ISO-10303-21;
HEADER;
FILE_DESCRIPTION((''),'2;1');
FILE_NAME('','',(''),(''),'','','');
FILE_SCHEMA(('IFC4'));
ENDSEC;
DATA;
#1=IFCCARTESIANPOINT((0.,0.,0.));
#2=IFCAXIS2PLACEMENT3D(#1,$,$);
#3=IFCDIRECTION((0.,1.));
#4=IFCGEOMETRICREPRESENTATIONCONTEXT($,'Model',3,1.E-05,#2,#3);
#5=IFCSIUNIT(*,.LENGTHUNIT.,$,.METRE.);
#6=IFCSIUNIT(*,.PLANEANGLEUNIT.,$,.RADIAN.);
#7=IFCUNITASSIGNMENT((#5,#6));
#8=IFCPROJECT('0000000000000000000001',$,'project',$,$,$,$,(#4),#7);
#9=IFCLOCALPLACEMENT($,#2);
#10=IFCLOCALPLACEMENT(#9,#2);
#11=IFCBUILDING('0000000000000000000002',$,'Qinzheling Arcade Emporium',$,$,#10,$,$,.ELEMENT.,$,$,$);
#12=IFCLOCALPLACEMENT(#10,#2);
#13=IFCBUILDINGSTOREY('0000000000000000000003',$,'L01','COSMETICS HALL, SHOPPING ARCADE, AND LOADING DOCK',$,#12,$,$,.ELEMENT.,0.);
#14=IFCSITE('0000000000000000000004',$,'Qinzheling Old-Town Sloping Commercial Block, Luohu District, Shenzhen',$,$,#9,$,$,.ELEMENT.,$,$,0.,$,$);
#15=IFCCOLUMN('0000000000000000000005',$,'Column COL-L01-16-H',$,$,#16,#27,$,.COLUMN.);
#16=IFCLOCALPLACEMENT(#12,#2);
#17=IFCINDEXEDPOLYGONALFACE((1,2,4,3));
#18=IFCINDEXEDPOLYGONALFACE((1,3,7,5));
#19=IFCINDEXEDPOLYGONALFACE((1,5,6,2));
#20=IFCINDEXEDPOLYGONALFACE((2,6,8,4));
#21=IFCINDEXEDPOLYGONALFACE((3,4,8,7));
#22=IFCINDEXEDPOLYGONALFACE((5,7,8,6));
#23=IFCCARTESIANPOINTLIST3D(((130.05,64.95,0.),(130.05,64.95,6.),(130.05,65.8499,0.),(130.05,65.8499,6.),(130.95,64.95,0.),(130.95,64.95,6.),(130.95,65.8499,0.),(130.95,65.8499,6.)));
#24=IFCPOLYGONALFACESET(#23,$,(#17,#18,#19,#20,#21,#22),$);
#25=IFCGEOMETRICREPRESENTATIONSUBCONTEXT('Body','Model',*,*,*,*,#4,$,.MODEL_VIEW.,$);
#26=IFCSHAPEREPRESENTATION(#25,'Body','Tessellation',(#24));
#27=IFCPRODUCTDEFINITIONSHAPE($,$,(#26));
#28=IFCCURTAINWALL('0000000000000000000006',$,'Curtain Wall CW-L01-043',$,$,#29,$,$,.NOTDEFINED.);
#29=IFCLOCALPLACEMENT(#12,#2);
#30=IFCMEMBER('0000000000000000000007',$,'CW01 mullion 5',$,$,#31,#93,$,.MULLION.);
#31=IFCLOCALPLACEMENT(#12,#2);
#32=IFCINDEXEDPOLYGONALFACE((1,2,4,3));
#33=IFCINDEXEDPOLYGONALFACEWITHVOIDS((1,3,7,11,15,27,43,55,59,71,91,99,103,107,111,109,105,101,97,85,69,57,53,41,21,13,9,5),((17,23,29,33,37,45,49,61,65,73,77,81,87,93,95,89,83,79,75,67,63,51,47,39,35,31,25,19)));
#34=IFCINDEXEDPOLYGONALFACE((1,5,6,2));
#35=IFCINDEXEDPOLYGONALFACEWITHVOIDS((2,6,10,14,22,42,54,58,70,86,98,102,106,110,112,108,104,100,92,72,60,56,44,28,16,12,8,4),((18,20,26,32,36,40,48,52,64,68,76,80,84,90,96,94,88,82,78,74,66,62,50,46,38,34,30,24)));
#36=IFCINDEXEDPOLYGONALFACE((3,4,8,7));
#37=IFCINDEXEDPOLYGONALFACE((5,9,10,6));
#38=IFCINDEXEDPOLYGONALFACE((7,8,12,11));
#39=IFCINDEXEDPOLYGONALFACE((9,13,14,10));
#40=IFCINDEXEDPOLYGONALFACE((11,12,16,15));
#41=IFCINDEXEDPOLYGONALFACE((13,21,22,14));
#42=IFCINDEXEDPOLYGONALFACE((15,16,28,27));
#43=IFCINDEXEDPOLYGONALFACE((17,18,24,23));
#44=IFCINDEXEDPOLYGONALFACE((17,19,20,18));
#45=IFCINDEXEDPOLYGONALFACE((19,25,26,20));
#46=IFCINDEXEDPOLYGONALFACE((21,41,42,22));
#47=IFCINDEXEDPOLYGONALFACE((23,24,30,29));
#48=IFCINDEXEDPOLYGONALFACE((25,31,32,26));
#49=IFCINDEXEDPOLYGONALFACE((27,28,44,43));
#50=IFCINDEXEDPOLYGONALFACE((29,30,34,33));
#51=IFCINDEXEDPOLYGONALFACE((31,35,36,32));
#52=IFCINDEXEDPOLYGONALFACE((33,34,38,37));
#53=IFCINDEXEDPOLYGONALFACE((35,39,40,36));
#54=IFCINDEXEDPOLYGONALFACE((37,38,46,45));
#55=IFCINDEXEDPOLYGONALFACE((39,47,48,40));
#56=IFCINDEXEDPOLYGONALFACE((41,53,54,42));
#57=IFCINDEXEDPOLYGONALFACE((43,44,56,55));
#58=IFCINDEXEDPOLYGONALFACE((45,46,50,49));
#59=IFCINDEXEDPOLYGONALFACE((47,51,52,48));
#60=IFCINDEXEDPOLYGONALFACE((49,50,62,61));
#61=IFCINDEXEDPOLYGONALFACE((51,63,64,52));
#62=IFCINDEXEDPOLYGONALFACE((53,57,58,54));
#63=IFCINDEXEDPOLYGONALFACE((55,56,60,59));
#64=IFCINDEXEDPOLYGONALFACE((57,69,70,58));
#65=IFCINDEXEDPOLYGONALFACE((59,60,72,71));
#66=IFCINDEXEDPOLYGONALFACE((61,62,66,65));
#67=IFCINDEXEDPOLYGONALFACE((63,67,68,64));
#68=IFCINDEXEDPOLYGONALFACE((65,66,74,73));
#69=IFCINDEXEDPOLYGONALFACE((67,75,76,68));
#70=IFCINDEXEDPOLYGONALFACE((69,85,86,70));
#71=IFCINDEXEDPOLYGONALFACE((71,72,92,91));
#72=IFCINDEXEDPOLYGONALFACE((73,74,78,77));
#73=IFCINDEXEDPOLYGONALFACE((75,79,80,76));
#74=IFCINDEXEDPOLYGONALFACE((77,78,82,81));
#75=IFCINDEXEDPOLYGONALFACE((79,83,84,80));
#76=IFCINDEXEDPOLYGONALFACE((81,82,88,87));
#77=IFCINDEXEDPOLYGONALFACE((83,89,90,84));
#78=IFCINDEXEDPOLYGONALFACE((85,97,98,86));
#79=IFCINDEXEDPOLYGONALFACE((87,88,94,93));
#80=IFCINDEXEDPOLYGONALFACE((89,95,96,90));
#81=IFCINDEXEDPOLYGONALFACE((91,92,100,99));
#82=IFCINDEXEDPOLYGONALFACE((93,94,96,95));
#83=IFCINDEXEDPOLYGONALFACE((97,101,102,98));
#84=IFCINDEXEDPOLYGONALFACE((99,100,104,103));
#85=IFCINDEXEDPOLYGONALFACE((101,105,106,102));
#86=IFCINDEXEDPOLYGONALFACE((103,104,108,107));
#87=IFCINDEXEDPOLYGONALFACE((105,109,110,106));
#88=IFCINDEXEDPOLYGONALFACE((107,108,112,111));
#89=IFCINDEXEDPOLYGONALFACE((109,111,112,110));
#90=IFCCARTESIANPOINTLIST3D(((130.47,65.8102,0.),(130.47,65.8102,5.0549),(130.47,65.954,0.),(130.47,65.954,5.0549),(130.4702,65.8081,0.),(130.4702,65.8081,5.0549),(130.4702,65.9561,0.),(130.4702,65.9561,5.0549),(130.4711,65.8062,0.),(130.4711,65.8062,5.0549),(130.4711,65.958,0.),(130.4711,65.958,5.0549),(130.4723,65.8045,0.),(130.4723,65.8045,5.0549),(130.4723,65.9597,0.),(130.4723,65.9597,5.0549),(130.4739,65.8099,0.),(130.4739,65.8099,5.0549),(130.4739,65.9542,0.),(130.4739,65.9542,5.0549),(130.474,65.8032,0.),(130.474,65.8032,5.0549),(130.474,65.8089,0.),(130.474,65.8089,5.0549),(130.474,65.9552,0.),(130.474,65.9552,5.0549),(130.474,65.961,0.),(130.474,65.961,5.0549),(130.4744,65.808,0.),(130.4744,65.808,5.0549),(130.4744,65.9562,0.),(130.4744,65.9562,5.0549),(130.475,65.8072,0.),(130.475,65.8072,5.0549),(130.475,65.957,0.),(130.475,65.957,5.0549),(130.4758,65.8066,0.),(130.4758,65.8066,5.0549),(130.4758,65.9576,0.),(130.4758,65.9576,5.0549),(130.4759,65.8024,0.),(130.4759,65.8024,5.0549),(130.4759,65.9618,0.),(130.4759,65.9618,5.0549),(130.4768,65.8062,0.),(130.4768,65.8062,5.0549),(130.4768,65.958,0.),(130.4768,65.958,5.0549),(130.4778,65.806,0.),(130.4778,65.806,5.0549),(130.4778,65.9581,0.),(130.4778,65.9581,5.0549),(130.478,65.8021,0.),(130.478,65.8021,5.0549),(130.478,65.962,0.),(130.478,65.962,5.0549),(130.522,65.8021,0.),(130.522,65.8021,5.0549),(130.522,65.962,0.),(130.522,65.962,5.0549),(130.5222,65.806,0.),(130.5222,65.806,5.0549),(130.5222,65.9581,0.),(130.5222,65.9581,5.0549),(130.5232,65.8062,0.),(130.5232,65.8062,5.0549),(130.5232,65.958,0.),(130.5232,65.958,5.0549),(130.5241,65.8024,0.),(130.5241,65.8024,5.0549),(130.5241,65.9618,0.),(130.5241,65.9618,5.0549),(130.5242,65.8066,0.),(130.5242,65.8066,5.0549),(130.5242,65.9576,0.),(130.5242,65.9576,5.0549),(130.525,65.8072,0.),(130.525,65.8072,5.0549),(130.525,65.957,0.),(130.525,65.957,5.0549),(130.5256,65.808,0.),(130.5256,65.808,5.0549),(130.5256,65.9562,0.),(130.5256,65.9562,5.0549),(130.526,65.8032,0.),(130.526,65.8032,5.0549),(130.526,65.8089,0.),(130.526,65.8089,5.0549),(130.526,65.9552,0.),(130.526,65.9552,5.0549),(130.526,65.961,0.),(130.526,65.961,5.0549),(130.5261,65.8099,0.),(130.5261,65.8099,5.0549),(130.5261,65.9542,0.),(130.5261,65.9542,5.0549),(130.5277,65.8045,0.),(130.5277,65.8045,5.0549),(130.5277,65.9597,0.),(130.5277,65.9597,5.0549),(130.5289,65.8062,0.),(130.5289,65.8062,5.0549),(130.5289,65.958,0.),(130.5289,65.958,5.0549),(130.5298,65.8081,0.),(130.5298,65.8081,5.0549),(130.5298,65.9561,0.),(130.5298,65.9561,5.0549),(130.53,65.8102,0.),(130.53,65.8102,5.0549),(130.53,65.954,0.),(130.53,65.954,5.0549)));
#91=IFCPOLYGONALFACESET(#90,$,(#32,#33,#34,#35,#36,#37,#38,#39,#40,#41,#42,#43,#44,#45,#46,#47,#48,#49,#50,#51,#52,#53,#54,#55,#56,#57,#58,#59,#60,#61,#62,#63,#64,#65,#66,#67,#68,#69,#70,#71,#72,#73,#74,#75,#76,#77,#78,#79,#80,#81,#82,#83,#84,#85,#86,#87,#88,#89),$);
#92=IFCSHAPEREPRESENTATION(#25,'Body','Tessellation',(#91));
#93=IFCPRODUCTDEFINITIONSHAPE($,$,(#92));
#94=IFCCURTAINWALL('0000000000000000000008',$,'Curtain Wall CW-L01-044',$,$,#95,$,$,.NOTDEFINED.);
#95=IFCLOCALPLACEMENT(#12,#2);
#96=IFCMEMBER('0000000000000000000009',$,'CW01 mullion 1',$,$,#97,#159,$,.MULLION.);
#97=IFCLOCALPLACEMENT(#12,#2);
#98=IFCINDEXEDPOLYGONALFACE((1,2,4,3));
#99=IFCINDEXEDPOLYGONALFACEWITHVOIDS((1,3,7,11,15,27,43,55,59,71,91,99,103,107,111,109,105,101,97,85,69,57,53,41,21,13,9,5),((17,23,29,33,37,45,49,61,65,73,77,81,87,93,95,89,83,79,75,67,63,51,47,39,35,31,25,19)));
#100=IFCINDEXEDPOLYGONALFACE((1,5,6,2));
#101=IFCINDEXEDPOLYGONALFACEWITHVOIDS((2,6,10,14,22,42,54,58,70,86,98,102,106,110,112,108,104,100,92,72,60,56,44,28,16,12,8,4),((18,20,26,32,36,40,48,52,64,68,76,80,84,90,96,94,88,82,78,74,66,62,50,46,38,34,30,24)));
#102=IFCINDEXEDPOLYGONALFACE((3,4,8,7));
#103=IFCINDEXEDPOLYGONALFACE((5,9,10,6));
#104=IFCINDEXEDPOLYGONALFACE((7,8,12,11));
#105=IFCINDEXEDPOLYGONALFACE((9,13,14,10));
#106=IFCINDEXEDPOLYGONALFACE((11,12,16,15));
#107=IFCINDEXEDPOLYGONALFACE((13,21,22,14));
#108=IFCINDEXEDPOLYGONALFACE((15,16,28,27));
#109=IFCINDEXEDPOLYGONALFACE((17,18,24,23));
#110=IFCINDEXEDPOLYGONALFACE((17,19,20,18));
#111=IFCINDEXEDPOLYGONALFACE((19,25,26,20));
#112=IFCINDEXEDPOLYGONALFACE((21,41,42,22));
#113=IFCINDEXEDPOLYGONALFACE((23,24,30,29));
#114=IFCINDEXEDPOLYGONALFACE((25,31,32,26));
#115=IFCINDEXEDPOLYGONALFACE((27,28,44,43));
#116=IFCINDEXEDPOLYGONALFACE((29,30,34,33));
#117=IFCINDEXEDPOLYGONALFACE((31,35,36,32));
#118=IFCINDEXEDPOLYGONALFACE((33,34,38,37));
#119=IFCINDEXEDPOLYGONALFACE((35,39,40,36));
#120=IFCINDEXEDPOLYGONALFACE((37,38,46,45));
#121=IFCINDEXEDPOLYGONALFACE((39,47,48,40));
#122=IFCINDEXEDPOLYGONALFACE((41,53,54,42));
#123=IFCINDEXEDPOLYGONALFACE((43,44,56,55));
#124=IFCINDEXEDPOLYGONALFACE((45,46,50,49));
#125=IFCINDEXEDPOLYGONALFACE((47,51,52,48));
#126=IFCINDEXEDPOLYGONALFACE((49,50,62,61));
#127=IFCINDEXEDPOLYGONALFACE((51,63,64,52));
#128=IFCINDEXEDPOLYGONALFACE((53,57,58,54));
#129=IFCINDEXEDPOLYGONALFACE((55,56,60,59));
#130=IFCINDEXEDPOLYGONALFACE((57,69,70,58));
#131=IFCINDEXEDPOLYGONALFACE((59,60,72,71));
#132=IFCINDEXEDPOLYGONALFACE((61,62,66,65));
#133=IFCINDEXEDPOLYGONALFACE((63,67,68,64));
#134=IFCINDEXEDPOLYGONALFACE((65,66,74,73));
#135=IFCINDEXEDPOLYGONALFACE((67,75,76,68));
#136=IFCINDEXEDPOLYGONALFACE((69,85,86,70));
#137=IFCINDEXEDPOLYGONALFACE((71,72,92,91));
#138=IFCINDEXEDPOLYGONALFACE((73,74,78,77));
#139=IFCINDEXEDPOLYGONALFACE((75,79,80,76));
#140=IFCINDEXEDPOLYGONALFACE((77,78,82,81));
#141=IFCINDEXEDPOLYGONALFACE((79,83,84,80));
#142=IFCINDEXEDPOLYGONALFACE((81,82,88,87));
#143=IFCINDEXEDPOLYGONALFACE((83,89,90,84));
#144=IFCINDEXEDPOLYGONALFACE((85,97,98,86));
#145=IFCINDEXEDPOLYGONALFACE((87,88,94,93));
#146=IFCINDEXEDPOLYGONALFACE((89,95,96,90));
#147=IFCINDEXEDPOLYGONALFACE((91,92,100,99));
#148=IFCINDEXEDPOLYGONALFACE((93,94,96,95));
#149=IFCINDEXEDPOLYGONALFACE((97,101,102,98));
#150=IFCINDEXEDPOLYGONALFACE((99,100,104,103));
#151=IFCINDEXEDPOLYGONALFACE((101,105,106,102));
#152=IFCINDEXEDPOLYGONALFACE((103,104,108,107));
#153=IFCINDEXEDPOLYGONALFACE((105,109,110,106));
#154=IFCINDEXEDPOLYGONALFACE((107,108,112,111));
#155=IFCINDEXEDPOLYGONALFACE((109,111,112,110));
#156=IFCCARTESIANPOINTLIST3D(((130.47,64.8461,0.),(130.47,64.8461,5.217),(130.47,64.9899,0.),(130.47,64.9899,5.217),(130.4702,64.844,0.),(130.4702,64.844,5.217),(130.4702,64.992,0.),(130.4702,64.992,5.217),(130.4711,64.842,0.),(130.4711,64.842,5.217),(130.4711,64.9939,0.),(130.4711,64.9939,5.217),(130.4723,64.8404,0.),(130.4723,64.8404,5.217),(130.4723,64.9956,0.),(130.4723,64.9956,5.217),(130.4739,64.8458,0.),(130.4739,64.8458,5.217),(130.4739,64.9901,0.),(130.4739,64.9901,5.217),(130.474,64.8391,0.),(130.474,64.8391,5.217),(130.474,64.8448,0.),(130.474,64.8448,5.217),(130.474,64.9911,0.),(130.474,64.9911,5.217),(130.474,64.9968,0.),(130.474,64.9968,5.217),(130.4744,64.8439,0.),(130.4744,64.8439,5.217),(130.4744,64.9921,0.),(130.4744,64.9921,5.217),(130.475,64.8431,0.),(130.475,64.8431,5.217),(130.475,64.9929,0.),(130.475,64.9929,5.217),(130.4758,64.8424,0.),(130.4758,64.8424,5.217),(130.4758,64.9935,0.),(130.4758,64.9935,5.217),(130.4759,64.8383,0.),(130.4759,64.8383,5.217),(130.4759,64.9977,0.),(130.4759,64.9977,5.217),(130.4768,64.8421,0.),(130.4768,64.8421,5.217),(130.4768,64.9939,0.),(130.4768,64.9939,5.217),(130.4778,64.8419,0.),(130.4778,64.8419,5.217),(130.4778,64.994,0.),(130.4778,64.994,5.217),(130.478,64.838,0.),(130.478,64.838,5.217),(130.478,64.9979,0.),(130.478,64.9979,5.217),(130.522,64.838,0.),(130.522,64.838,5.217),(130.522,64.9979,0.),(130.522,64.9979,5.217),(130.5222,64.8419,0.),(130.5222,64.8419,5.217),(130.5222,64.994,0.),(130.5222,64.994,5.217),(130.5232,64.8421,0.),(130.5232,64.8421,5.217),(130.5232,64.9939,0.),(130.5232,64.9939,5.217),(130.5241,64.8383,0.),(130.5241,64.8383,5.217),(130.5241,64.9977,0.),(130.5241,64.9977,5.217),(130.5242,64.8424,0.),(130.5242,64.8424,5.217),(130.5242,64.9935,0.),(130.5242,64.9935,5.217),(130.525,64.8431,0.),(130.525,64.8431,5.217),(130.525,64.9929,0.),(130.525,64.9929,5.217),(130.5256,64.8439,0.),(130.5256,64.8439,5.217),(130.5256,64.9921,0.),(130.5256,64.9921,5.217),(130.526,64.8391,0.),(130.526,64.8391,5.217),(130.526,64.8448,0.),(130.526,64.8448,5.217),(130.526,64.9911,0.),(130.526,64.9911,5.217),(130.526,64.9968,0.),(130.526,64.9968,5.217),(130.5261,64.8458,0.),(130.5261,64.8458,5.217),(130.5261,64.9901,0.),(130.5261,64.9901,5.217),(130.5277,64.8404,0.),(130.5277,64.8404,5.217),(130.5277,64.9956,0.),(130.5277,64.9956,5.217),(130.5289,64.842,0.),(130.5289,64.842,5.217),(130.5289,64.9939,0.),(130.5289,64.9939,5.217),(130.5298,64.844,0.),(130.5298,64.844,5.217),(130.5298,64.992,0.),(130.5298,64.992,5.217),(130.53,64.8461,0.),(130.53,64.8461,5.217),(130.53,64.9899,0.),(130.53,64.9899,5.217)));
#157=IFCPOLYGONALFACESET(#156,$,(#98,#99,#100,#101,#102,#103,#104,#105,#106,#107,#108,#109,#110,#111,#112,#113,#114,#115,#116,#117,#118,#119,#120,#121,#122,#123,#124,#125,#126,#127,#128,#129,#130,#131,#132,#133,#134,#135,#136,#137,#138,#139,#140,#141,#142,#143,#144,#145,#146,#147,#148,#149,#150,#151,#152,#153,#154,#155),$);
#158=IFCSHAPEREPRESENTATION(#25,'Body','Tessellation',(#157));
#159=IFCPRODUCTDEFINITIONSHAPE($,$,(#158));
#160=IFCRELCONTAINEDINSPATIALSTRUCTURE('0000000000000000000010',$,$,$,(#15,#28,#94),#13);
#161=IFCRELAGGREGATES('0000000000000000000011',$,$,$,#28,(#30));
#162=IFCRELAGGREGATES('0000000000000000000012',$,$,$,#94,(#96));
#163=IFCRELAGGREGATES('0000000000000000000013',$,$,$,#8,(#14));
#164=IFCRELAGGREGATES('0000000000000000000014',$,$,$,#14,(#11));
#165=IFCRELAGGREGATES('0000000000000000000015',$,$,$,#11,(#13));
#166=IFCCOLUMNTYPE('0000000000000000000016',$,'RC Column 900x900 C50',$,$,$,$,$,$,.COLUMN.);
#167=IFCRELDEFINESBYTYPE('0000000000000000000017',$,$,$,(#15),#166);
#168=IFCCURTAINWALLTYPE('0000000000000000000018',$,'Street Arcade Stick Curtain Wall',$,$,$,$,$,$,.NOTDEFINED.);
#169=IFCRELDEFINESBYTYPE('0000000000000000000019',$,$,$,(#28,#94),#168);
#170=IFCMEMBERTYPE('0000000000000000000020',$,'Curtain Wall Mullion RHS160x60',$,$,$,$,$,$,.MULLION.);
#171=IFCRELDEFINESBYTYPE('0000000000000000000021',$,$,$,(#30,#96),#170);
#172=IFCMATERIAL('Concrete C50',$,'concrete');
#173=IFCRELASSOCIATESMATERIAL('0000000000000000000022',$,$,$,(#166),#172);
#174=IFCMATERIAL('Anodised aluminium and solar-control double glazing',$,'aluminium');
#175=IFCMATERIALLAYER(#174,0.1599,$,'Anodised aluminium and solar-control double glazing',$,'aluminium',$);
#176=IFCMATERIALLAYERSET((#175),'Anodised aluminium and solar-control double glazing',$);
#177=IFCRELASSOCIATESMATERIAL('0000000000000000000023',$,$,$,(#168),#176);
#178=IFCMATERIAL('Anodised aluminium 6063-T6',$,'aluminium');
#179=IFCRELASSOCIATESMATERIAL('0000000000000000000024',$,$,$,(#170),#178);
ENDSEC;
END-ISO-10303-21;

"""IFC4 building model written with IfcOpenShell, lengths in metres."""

from ifc_helpers import new_model, si_unit, direction, frame, origin, origin_2d, place, context, subcontext, project, spatial, rectangle, hollow_rectangle, extrude, material, layer, layer_set, material_profile, profile_set, type_object, element, aggregate, save


model = new_model("IFC4")

# Units and contexts
model_context = context("Model", 3, precision=1e-05, world=origin(), true_north=direction((0.0, 1.0)))
body_context = subcontext(model_context, "Body", "Model", "MODEL_VIEW")
ifc_project = project(units=[si_unit("LENGTHUNIT", "METRE"), si_unit("PLANEANGLEUNIT", "RADIAN")], contexts=[model_context])

# Site, building, storey
site_placement = place(None, origin())
site = spatial("IfcSite", under=ifc_project, at=site_placement, Name="Qinzheling Old-Town Sloping Commercial Block, Luohu District, Shenzhen", CompositionType="ELEMENT", RefElevation=0.0)
building_placement = place(site_placement, origin())
building = spatial("IfcBuilding", under=site, at=building_placement, Name="Qinzheling Arcade Emporium", CompositionType="ELEMENT")
storey_placement = place(building_placement, origin())
storey = spatial("IfcBuildingStorey", under=building, at=storey_placement, Name="L01", Description="COSMETICS HALL, SHOPPING ARCADE, AND LOADING DOCK", CompositionType="ELEMENT", Elevation=0.0)

# Column
ifc_material_1 = material(Name="Concrete C50", Category="concrete")
ifc_material_profile_1 = material_profile(ifc_material_1, rectangle(XDim=0.8999, YDim=0.8999, at=origin_2d()), Name="RC 900x900", Category="concrete")
ifc_profile_set_1 = profile_set([ifc_material_profile_1], Name="Concrete C50")
column_type = type_object("IfcColumnType", Name="RC Column 900x900 C50", PredefinedType="COLUMN", material=ifc_profile_set_1)
column_placement = place(storey_placement, frame((130.5, 65.3999, 0.0), z_axis=(0.0, 0.0, 1.0), x_axis=(1.0, 0.0, 0.0)))
element("IfcColumn", 1, at=column_placement, inside=storey, type_object=column_type, Name="Column COL-L01-16-H", PredefinedType="COLUMN", context=body_context, shape_type="SweptSolid", body=[
    extrude(rectangle(XDim=0.8999, YDim=0.8999, at=origin_2d()), origin(), (0.0, 0.0, 1.0), 6.0),
])

# Curtain wall, member
ifc_material_2 = material(Name="Anodised aluminium and solar-control double glazing", Category="aluminium")
ifc_layer_1 = layer(ifc_material_2, 0.1599, Name="Anodised aluminium and solar-control double glazing", Category="aluminium")
ifc_layer_set_1 = layer_set([ifc_layer_1], Name="Anodised aluminium and solar-control double glazing")
curtain_wall_type = type_object("IfcCurtainWallType", Name="Street Arcade Stick Curtain Wall", PredefinedType="NOTDEFINED", material=ifc_layer_set_1)
curtain_wall_1_placement = place(storey_placement, origin())
curtain_wall_1 = element("IfcCurtainWall", 2, at=curtain_wall_1_placement, inside=storey, type_object=curtain_wall_type, Name="Curtain Wall CW-L01-043", PredefinedType="NOTDEFINED")
ifc_material_3 = material(Name="Anodised aluminium 6063-T6", Category="aluminium")
ifc_material_profile_2 = material_profile(ifc_material_3, hollow_rectangle(XDim=0.0601, YDim=0.1599, WallThickness=0.0039, InnerFilletRadius=0.0039, OuterFilletRadius=0.0081, at=origin_2d()), Name="RHS 160x60x4", Category="aluminium")
ifc_profile_set_2 = profile_set([ifc_material_profile_2], Name="Anodised aluminium 6063-T6")
member_type_1 = type_object("IfcMemberType", Name="Curtain Wall Mullion RHS160x60", PredefinedType="MULLION", material=ifc_profile_set_2)
member_1_placement = place(storey_placement, frame((130.5, 65.8821, 0.0), z_axis=(0.0, 0.0, 1.0), x_axis=(1.0, 0.0, 0.0)))
member_1 = element("IfcMember", 3, at=member_1_placement, type_object=member_type_1, Name="CW01 mullion 5", PredefinedType="MULLION", context=body_context, shape_type="SweptSolid", body=[
    extrude(hollow_rectangle(XDim=0.0601, YDim=0.1599, WallThickness=0.0039, InnerFilletRadius=0.0039, OuterFilletRadius=0.0081, at=origin_2d()), origin(), (0.0, 0.0, 1.0), 5.0549),
])

# Curtain wall, member
curtain_wall_2_placement = place(storey_placement, origin())
curtain_wall_2 = element("IfcCurtainWall", 4, at=curtain_wall_2_placement, inside=storey, type_object=curtain_wall_type, Name="Curtain Wall CW-L01-044", PredefinedType="NOTDEFINED")
member_2_placement = place(storey_placement, frame((130.5, 64.918, 0.0), z_axis=(0.0, 0.0, 1.0), x_axis=(1.0, 0.0, 0.0)))
member_2 = element("IfcMember", 5, at=member_2_placement, type_object=member_type_1, Name="CW01 mullion 1", PredefinedType="MULLION", context=body_context, shape_type="SweptSolid", body=[
    extrude(hollow_rectangle(XDim=0.0601, YDim=0.1599, WallThickness=0.0039, InnerFilletRadius=0.0039, OuterFilletRadius=0.0081, at=origin_2d()), origin(), (0.0, 0.0, 1.0), 5.217),
])

aggregate(curtain_wall_1, [member_1])
aggregate(curtain_wall_2, [member_2])

save(model, "model.ifc")
